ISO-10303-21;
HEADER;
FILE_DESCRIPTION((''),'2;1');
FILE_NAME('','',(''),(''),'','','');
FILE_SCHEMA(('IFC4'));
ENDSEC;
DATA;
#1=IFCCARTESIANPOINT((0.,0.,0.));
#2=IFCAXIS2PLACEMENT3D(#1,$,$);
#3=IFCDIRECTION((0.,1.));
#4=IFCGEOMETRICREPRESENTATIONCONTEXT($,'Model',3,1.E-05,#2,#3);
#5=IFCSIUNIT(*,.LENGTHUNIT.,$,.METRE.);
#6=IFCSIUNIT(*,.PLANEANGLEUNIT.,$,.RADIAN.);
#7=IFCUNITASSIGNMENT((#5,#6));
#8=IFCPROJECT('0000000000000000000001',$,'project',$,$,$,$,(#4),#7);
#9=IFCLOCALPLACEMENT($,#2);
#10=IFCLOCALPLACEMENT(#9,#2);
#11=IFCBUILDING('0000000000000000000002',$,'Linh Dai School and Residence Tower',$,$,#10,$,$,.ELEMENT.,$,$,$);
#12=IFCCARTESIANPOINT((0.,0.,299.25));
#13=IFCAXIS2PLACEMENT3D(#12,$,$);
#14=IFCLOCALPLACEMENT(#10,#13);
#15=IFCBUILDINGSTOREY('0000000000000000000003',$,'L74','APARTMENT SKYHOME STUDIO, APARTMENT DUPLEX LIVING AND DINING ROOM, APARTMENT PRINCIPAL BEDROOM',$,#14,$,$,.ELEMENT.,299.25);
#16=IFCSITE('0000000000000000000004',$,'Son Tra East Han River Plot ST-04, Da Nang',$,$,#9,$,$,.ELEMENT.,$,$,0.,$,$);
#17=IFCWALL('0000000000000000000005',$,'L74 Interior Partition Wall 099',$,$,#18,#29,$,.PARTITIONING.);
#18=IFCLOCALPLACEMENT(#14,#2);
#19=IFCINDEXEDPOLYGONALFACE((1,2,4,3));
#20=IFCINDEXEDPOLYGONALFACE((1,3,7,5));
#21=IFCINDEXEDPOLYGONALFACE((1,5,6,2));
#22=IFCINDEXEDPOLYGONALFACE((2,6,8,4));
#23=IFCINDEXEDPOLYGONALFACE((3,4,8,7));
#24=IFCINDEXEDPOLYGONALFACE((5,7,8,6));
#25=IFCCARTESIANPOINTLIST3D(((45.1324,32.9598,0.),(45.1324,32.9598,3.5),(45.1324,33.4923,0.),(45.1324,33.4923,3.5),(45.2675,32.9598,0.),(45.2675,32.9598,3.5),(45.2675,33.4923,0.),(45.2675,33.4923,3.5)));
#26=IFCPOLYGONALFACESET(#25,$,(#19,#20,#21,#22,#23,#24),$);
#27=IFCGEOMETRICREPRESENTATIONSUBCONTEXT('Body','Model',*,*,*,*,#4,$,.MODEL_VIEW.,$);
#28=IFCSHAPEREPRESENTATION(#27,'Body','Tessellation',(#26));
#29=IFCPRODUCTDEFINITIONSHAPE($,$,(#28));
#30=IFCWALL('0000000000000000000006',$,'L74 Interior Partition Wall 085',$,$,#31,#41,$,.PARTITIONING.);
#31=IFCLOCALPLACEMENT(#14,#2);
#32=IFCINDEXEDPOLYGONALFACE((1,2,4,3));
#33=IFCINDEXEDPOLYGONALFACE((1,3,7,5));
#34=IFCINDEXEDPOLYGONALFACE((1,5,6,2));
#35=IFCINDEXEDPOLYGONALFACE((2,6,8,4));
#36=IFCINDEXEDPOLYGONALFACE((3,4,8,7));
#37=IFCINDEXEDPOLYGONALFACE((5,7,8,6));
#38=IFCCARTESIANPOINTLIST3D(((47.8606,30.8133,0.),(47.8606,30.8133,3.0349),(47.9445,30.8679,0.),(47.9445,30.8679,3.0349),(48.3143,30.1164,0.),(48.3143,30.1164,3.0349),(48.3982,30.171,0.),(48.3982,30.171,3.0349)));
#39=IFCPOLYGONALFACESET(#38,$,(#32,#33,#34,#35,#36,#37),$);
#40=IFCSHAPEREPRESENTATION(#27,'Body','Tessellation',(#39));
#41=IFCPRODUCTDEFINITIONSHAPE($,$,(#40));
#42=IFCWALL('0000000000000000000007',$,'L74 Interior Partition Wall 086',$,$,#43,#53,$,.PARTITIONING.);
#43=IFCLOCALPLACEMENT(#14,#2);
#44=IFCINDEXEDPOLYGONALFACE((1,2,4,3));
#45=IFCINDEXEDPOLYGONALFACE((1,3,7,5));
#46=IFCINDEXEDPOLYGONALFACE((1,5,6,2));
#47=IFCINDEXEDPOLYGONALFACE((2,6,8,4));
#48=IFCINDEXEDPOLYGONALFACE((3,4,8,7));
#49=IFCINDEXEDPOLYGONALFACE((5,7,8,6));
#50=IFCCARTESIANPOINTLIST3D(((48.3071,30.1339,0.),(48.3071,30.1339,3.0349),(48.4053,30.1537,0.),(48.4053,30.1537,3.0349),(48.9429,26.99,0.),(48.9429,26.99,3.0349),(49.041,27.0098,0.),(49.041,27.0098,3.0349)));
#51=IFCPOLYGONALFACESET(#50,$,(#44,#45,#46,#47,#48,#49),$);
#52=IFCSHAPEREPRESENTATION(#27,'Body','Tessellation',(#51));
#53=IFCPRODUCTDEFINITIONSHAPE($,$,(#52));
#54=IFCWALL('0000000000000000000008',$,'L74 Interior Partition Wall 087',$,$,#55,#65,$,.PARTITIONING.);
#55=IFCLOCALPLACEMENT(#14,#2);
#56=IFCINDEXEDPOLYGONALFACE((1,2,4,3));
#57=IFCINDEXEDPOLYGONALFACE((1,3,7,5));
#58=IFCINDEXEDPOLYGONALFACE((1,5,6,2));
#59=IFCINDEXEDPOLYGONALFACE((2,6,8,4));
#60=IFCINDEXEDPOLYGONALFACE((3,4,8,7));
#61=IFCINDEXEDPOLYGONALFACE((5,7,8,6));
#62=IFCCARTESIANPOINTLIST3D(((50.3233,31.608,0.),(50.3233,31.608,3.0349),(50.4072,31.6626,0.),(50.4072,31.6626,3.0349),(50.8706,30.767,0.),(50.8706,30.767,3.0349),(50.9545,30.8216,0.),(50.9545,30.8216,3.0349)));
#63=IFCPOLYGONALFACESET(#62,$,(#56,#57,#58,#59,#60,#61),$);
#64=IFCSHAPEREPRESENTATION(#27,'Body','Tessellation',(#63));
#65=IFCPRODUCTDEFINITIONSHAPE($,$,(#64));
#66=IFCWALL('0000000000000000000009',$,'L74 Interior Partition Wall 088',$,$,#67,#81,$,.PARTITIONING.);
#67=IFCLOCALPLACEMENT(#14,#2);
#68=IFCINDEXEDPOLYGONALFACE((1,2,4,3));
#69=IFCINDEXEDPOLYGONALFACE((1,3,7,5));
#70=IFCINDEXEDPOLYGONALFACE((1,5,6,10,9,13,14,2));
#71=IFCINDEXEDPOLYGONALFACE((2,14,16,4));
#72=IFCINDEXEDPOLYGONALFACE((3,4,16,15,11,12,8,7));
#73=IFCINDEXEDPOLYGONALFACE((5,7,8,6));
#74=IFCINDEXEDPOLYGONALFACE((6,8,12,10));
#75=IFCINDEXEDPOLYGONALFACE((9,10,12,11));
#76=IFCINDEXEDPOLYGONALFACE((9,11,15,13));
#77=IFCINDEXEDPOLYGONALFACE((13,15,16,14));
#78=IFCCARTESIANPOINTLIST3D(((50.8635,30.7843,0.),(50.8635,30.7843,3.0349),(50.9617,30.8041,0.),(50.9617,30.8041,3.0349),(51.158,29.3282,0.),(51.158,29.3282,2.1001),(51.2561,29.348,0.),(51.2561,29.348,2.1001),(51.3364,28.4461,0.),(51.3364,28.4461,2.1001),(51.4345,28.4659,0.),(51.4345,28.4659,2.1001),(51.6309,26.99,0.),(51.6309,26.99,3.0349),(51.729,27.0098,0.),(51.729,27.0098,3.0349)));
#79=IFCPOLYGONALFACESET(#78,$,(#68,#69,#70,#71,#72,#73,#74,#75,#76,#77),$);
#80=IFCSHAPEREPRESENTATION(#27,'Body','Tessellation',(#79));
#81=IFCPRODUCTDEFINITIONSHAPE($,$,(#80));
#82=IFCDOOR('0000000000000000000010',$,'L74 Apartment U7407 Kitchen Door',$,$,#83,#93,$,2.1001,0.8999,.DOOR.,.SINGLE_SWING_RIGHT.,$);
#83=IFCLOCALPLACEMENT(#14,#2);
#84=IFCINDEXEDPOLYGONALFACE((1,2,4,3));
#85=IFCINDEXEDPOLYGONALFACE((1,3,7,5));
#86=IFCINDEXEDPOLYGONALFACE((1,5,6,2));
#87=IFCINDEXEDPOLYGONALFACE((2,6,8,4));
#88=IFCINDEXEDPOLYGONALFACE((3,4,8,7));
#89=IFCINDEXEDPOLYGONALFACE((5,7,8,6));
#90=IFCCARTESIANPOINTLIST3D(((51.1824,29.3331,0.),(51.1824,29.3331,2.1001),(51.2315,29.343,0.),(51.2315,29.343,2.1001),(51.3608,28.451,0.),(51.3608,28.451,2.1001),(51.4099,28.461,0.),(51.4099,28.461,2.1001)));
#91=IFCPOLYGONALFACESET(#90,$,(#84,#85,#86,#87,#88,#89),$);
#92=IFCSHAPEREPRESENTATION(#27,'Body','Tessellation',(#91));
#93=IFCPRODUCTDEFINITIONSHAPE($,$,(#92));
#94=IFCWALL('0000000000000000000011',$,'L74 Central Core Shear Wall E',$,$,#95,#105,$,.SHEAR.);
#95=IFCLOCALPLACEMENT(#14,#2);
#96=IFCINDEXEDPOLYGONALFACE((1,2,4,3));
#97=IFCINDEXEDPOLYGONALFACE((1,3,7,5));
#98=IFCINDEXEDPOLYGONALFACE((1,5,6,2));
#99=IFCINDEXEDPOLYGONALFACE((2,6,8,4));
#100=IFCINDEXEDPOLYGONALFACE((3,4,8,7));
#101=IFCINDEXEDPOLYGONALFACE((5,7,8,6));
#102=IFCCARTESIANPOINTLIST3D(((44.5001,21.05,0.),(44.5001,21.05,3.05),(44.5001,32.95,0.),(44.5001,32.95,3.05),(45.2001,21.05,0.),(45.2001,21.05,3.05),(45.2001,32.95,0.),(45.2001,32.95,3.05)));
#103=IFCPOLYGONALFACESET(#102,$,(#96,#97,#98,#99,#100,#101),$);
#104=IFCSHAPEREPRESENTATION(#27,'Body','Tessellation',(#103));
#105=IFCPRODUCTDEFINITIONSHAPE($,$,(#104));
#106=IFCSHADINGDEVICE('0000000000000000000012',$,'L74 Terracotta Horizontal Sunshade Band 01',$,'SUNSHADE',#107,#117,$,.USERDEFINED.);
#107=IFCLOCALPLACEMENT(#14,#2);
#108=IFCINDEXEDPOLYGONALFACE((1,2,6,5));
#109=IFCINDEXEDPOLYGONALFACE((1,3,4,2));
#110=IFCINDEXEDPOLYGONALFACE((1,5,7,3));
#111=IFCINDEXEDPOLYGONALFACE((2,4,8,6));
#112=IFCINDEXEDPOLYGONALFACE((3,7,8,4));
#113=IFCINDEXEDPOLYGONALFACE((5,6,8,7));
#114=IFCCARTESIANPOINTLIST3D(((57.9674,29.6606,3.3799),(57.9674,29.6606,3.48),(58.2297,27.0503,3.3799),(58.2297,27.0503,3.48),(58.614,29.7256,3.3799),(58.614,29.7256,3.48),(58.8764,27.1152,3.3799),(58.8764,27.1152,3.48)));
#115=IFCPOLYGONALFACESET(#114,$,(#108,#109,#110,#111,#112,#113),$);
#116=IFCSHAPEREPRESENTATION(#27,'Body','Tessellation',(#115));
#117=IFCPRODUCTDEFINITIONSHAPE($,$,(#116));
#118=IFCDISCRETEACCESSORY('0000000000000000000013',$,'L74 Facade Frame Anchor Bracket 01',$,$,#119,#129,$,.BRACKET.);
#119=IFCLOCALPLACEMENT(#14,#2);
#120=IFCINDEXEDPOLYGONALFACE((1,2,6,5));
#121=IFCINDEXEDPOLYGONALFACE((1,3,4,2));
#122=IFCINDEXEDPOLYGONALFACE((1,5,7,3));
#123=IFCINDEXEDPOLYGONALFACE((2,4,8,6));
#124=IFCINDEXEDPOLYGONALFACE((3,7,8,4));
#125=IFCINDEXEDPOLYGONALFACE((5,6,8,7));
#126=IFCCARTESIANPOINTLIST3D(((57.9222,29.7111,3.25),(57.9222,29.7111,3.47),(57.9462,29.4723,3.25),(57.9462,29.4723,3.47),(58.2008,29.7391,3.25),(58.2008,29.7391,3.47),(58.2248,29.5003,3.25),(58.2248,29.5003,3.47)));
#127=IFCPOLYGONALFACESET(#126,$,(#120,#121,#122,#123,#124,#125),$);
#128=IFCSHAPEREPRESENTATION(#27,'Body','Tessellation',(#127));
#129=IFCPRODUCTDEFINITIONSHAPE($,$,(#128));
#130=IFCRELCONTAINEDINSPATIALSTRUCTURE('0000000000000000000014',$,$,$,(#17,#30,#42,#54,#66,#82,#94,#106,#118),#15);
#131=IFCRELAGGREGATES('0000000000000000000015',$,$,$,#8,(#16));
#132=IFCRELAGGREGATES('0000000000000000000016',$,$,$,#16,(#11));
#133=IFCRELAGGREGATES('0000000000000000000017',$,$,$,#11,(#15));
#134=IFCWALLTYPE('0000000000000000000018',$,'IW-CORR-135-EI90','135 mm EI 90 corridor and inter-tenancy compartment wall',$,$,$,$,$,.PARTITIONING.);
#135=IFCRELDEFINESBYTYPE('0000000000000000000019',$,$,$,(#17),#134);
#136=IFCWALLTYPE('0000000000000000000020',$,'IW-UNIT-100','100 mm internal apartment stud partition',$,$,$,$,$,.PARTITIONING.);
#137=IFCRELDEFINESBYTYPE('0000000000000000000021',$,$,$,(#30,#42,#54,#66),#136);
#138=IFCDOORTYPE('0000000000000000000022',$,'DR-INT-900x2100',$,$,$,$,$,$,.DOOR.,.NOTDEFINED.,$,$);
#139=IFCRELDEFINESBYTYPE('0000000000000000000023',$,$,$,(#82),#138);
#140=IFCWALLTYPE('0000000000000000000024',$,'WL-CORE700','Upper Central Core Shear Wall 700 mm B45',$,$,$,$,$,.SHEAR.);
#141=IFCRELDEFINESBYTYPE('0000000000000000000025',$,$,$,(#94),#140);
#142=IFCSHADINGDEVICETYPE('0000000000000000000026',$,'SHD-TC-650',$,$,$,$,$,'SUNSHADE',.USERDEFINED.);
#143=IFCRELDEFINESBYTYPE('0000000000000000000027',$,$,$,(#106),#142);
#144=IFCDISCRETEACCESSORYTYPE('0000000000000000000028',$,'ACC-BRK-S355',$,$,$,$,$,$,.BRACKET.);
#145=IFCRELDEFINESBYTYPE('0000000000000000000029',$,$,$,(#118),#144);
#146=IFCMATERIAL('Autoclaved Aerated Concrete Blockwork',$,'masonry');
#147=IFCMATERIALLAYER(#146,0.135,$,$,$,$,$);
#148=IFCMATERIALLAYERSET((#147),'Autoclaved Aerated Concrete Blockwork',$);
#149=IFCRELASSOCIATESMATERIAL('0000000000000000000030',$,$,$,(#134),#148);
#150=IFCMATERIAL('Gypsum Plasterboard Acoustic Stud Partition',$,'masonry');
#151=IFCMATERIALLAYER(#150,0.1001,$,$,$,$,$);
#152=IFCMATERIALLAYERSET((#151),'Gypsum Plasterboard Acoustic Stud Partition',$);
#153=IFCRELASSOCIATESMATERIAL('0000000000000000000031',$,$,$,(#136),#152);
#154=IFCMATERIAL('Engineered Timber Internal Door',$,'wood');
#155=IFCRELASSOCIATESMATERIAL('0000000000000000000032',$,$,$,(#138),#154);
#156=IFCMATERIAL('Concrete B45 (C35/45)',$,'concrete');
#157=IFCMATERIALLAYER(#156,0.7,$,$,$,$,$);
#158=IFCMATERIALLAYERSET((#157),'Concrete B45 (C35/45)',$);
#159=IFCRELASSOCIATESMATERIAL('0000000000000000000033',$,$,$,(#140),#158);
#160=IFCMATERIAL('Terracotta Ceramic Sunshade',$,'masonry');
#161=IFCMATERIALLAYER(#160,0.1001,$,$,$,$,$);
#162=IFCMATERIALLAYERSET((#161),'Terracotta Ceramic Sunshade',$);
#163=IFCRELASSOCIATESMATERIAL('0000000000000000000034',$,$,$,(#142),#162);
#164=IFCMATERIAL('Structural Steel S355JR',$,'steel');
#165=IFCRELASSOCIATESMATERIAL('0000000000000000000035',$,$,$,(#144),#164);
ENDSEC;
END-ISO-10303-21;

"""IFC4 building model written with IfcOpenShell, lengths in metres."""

from ifc_helpers import new_model, si_unit, direction, frame, frame_2d, origin, origin_2d, place, context, subcontext, project, spatial, rectangle, extrude, source, transform, mapped, material, layer, layer_set, type_object, element, fill, save


model = new_model("IFC4")

# Units and contexts
model_context = context("Model", 3, precision=1e-05, world=origin(), true_north=direction((0.0, 1.0)))
body_context = subcontext(model_context, "Body", "Model", "MODEL_VIEW")
ifc_project = project(units=[si_unit("LENGTHUNIT", "METRE"), si_unit("PLANEANGLEUNIT", "RADIAN")], contexts=[model_context])

# Site, building, storey
site_placement = place(None, origin())
site = spatial("IfcSite", under=ifc_project, at=site_placement, Name="Son Tra East Han River Plot ST-04, Da Nang", CompositionType="ELEMENT", RefElevation=0.0)
building_placement = place(site_placement, origin())
building = spatial("IfcBuilding", under=site, at=building_placement, Name="Linh Dai School and Residence Tower", CompositionType="ELEMENT")
storey_placement = place(building_placement, frame((0.0, 0.0, 299.25)))
storey = spatial("IfcBuildingStorey", under=building, at=storey_placement, Name="L74", Description="APARTMENT SKYHOME STUDIO, APARTMENT DUPLEX LIVING AND DINING ROOM, APARTMENT PRINCIPAL BEDROOM", CompositionType="ELEMENT", Elevation=299.25)

# Shared definitions
ifc_material_1 = material(Name="Structural Steel S355JR", Category="steel")

# Walls
ifc_material_2 = material(Name="Autoclaved Aerated Concrete Blockwork", Category="masonry")
ifc_layer_1 = layer(ifc_material_2, 0.135)
ifc_layer_set_1 = layer_set([ifc_layer_1], Name="Autoclaved Aerated Concrete Blockwork")
wall_type_1 = type_object("IfcWallType", Name="IW-CORR-135-EI90", Description="135 mm EI 90 corridor and inter-tenancy compartment wall", PredefinedType="PARTITIONING", material=ifc_layer_set_1)
wall_1_placement = place(storey_placement, frame((45.2, 32.96, 0.0), z_axis=(0.0, 0.0, 1.0), x_axis=(0.0, 1.0, 0.0)))
element("IfcWall", 1, at=wall_1_placement, inside=storey, type_object=wall_type_1, Name="L74 Interior Partition Wall 099", PredefinedType="PARTITIONING", context=body_context, shape_type="SweptSolid", body=[
    extrude(rectangle(XDim=0.5325, YDim=0.135, at=frame_2d((0.2661, 0.0))), origin(), (0.0, 0.0, 1.0), 3.5),
])
ifc_material_3 = material(Name="Gypsum Plasterboard Acoustic Stud Partition", Category="masonry")
ifc_layer_2 = layer(ifc_material_3, 0.1001)
ifc_layer_set_2 = layer_set([ifc_layer_2], Name="Gypsum Plasterboard Acoustic Stud Partition")
wall_type_2 = type_object("IfcWallType", Name="IW-UNIT-100", Description="100 mm internal apartment stud partition", PredefinedType="PARTITIONING", material=ifc_layer_set_2)
wall_2_placement = place(storey_placement, frame((47.9026, 30.8406, 0.0), z_axis=(0.0, 0.0, 1.0), x_axis=(0.545587, -0.838054, 0.0)))
element("IfcWall", 2, at=wall_2_placement, inside=storey, type_object=wall_type_2, Name="L74 Interior Partition Wall 085", PredefinedType="PARTITIONING", context=body_context, shape_type="SweptSolid", body=[
    extrude(rectangle(XDim=0.8315, YDim=0.1001, at=frame_2d((0.4158, 0.0))), origin(), (0.0, 0.0, 1.0), 3.0349),
])
wall_3_placement = place(storey_placement, frame((48.3562, 30.1438, 0.0), z_axis=(0.0, 0.0, 1.0), x_axis=(0.198209, -0.98016, 0.0)))
element("IfcWall", 3, at=wall_3_placement, inside=storey, type_object=wall_type_2, Name="L74 Interior Partition Wall 086", PredefinedType="PARTITIONING", context=body_context, shape_type="SweptSolid", body=[
    extrude(rectangle(XDim=3.2075, YDim=0.1001, at=frame_2d((1.6038, 0.0))), origin(), (0.0, 0.0, 1.0), 3.0349),
])
wall_4_placement = place(storey_placement, frame((50.3652, 31.6353, 0.0), z_axis=(0.0, 0.0, 1.0), x_axis=(0.545459, -0.838138, 0.0)))
element("IfcWall", 4, at=wall_4_placement, inside=storey, type_object=wall_type_2, Name="L74 Interior Partition Wall 087", PredefinedType="PARTITIONING", context=body_context, shape_type="SweptSolid", body=[
    extrude(rectangle(XDim=1.0034, YDim=0.1001, at=frame_2d((0.5017, 0.0))), origin(), (0.0, 0.0, 1.0), 3.0349),
])

# Wall, opening, door
wall_5_placement = place(storey_placement, frame((50.9126, 30.7942, 0.0), z_axis=(0.0, 0.0, 1.0), x_axis=(0.198226, -0.980156, 0.0)))
wall_5 = element("IfcWall", 5, at=wall_5_placement, inside=storey, type_object=wall_type_2, Name="L74 Interior Partition Wall 088", PredefinedType="PARTITIONING", context=body_context, shape_type="SweptSolid", body=[
    extrude(rectangle(XDim=3.8711, YDim=0.1001, at=frame_2d((1.9355, 0.0))), origin(), (0.0, 0.0, 1.0), 3.0349),
])
opening_1_placement = place(wall_5_placement, frame((1.4856, 0.0, 0.0)))
opening_1 = element("IfcOpeningElement", 6, at=opening_1_placement, cuts=wall_5, PredefinedType="OPENING", context=body_context, shape_type="SweptSolid", body=[
    extrude(rectangle(XDim=0.8999, YDim=2.1001, at=origin_2d()), frame((0.45, 0.0601, 1.05), z_axis=(0.0, -1.0, 0.0), x_axis=(1.0, 0.0, 0.0)), (0.0, 0.0, 1.0), 0.1201),
])
ifc_material_4 = material(Name="Engineered Timber Internal Door", Category="wood")
door_type_1 = type_object("IfcDoorType", Name="DR-INT-900x2100", OperationType="NOTDEFINED", PredefinedType="DOOR", material=ifc_material_4)
shared_shape_1 = source(origin(), body_context, "Body", "SweptSolid", [
    extrude(rectangle(XDim=0.8999, YDim=2.1001, at=origin_2d()), frame((0.45, 0.0249, 1.05), z_axis=(0.0, -1.0, 0.0), x_axis=(1.0, 0.0, 0.0)), (0.0, 0.0, 1.0), 0.05),
])
door_1_placement = place(opening_1_placement, origin())
door_1 = element("IfcDoor", 7, at=door_1_placement, inside=storey, type_object=door_type_1, Name="L74 Apartment U7407 Kitchen Door", OperationType="SINGLE_SWING_RIGHT", OverallHeight=2.1001, OverallWidth=0.8999, PredefinedType="DOOR", context=body_context, shape_type="MappedRepresentation", body=[
    mapped(shared_shape_1, transform((0.0, 0.0, 0.0), x_axis=(1.0, 0.0, 0.0), y_axis=(0.0, 1.0, 0.0), z_axis=(0.0, 0.0, 1.0), scale=1.0)),
])
fill(opening_1, door_1)

# Wall
ifc_material_5 = material(Name="Concrete B45 (C35/45)", Category="concrete")
ifc_layer_3 = layer(ifc_material_5, 0.7)
ifc_layer_set_3 = layer_set([ifc_layer_3], Name="Concrete B45 (C35/45)")
wall_type_3 = type_object("IfcWallType", Name="WL-CORE700", Description="Upper Central Core Shear Wall 700 mm B45", PredefinedType="SHEAR", material=ifc_layer_set_3)
wall_6_placement = place(storey_placement, frame((44.8501, 32.95, 0.0), z_axis=(0.0, 0.0, 1.0), x_axis=(0.0, -1.0, 0.0)))
element("IfcWall", 8, at=wall_6_placement, inside=storey, type_object=wall_type_3, Name="L74 Central Core Shear Wall E", PredefinedType="SHEAR", context=body_context, shape_type="SweptSolid", body=[
    extrude(rectangle(XDim=11.8999, YDim=0.7, at=frame_2d((5.95, 0.0))), origin(), (0.0, 0.0, 1.0), 3.05),
])

# Shading device
ifc_material_6 = material(Name="Terracotta Ceramic Sunshade", Category="masonry")
ifc_layer_4 = layer(ifc_material_6, 0.1001)
ifc_layer_set_4 = layer_set([ifc_layer_4], Name="Terracotta Ceramic Sunshade")
shading_device_type = type_object("IfcShadingDeviceType", Name="SHD-TC-650", ElementType="SUNSHADE", PredefinedType="USERDEFINED", material=ifc_layer_set_4)
shared_shape_2 = source(origin(), body_context, "Body", "SweptSolid", [
    extrude(rectangle(XDim=2.6235, YDim=0.6499, at=origin_2d()), origin(), (0.0, 0.0, 1.0), 0.1001),
])
shading_device_placement = place(storey_placement, frame((58.4219, 28.3879, 3.3799), z_axis=(0.0, 0.0, 1.0), x_axis=(0.100008, -0.994987, 0.0)))
element("IfcShadingDevice", 9, at=shading_device_placement, inside=storey, type_object=shading_device_type, Name="L74 Terracotta Horizontal Sunshade Band 01", ObjectType="SUNSHADE", PredefinedType="USERDEFINED", context=body_context, shape_type="MappedRepresentation", body=[
    mapped(shared_shape_2, transform((0.0, 0.0, 0.0), x_axis=(1.0, 0.0, 0.0), y_axis=(0.0, 1.0, 0.0), z_axis=(0.0, 0.0, 1.0), scale=1.0)),
])

# Discrete accessory
discrete_accessory_type = type_object("IfcDiscreteAccessoryType", Name="ACC-BRK-S355", PredefinedType="BRACKET", material=ifc_material_1)
shared_shape_3 = source(origin(), body_context, "Body", "SweptSolid", [
    extrude(rectangle(XDim=0.28, YDim=0.24, at=origin_2d()), origin(), (0.0, 0.0, 1.0), 0.22),
])
discrete_accessory_placement = place(storey_placement, frame((58.0735, 29.6057, 3.25), z_axis=(0.0, 0.0, 1.0), x_axis=(0.994987, 0.100008, 0.0)))
element("IfcDiscreteAccessory", 10, at=discrete_accessory_placement, inside=storey, type_object=discrete_accessory_type, Name="L74 Facade Frame Anchor Bracket 01", PredefinedType="BRACKET", context=body_context, shape_type="MappedRepresentation", body=[
    mapped(shared_shape_3, transform((0.0, 0.0, 0.0), x_axis=(1.0, 0.0, 0.0), y_axis=(0.0, 1.0, 0.0), z_axis=(0.0, 0.0, 1.0), scale=1.0)),
])

save(model, "model.ifc")
